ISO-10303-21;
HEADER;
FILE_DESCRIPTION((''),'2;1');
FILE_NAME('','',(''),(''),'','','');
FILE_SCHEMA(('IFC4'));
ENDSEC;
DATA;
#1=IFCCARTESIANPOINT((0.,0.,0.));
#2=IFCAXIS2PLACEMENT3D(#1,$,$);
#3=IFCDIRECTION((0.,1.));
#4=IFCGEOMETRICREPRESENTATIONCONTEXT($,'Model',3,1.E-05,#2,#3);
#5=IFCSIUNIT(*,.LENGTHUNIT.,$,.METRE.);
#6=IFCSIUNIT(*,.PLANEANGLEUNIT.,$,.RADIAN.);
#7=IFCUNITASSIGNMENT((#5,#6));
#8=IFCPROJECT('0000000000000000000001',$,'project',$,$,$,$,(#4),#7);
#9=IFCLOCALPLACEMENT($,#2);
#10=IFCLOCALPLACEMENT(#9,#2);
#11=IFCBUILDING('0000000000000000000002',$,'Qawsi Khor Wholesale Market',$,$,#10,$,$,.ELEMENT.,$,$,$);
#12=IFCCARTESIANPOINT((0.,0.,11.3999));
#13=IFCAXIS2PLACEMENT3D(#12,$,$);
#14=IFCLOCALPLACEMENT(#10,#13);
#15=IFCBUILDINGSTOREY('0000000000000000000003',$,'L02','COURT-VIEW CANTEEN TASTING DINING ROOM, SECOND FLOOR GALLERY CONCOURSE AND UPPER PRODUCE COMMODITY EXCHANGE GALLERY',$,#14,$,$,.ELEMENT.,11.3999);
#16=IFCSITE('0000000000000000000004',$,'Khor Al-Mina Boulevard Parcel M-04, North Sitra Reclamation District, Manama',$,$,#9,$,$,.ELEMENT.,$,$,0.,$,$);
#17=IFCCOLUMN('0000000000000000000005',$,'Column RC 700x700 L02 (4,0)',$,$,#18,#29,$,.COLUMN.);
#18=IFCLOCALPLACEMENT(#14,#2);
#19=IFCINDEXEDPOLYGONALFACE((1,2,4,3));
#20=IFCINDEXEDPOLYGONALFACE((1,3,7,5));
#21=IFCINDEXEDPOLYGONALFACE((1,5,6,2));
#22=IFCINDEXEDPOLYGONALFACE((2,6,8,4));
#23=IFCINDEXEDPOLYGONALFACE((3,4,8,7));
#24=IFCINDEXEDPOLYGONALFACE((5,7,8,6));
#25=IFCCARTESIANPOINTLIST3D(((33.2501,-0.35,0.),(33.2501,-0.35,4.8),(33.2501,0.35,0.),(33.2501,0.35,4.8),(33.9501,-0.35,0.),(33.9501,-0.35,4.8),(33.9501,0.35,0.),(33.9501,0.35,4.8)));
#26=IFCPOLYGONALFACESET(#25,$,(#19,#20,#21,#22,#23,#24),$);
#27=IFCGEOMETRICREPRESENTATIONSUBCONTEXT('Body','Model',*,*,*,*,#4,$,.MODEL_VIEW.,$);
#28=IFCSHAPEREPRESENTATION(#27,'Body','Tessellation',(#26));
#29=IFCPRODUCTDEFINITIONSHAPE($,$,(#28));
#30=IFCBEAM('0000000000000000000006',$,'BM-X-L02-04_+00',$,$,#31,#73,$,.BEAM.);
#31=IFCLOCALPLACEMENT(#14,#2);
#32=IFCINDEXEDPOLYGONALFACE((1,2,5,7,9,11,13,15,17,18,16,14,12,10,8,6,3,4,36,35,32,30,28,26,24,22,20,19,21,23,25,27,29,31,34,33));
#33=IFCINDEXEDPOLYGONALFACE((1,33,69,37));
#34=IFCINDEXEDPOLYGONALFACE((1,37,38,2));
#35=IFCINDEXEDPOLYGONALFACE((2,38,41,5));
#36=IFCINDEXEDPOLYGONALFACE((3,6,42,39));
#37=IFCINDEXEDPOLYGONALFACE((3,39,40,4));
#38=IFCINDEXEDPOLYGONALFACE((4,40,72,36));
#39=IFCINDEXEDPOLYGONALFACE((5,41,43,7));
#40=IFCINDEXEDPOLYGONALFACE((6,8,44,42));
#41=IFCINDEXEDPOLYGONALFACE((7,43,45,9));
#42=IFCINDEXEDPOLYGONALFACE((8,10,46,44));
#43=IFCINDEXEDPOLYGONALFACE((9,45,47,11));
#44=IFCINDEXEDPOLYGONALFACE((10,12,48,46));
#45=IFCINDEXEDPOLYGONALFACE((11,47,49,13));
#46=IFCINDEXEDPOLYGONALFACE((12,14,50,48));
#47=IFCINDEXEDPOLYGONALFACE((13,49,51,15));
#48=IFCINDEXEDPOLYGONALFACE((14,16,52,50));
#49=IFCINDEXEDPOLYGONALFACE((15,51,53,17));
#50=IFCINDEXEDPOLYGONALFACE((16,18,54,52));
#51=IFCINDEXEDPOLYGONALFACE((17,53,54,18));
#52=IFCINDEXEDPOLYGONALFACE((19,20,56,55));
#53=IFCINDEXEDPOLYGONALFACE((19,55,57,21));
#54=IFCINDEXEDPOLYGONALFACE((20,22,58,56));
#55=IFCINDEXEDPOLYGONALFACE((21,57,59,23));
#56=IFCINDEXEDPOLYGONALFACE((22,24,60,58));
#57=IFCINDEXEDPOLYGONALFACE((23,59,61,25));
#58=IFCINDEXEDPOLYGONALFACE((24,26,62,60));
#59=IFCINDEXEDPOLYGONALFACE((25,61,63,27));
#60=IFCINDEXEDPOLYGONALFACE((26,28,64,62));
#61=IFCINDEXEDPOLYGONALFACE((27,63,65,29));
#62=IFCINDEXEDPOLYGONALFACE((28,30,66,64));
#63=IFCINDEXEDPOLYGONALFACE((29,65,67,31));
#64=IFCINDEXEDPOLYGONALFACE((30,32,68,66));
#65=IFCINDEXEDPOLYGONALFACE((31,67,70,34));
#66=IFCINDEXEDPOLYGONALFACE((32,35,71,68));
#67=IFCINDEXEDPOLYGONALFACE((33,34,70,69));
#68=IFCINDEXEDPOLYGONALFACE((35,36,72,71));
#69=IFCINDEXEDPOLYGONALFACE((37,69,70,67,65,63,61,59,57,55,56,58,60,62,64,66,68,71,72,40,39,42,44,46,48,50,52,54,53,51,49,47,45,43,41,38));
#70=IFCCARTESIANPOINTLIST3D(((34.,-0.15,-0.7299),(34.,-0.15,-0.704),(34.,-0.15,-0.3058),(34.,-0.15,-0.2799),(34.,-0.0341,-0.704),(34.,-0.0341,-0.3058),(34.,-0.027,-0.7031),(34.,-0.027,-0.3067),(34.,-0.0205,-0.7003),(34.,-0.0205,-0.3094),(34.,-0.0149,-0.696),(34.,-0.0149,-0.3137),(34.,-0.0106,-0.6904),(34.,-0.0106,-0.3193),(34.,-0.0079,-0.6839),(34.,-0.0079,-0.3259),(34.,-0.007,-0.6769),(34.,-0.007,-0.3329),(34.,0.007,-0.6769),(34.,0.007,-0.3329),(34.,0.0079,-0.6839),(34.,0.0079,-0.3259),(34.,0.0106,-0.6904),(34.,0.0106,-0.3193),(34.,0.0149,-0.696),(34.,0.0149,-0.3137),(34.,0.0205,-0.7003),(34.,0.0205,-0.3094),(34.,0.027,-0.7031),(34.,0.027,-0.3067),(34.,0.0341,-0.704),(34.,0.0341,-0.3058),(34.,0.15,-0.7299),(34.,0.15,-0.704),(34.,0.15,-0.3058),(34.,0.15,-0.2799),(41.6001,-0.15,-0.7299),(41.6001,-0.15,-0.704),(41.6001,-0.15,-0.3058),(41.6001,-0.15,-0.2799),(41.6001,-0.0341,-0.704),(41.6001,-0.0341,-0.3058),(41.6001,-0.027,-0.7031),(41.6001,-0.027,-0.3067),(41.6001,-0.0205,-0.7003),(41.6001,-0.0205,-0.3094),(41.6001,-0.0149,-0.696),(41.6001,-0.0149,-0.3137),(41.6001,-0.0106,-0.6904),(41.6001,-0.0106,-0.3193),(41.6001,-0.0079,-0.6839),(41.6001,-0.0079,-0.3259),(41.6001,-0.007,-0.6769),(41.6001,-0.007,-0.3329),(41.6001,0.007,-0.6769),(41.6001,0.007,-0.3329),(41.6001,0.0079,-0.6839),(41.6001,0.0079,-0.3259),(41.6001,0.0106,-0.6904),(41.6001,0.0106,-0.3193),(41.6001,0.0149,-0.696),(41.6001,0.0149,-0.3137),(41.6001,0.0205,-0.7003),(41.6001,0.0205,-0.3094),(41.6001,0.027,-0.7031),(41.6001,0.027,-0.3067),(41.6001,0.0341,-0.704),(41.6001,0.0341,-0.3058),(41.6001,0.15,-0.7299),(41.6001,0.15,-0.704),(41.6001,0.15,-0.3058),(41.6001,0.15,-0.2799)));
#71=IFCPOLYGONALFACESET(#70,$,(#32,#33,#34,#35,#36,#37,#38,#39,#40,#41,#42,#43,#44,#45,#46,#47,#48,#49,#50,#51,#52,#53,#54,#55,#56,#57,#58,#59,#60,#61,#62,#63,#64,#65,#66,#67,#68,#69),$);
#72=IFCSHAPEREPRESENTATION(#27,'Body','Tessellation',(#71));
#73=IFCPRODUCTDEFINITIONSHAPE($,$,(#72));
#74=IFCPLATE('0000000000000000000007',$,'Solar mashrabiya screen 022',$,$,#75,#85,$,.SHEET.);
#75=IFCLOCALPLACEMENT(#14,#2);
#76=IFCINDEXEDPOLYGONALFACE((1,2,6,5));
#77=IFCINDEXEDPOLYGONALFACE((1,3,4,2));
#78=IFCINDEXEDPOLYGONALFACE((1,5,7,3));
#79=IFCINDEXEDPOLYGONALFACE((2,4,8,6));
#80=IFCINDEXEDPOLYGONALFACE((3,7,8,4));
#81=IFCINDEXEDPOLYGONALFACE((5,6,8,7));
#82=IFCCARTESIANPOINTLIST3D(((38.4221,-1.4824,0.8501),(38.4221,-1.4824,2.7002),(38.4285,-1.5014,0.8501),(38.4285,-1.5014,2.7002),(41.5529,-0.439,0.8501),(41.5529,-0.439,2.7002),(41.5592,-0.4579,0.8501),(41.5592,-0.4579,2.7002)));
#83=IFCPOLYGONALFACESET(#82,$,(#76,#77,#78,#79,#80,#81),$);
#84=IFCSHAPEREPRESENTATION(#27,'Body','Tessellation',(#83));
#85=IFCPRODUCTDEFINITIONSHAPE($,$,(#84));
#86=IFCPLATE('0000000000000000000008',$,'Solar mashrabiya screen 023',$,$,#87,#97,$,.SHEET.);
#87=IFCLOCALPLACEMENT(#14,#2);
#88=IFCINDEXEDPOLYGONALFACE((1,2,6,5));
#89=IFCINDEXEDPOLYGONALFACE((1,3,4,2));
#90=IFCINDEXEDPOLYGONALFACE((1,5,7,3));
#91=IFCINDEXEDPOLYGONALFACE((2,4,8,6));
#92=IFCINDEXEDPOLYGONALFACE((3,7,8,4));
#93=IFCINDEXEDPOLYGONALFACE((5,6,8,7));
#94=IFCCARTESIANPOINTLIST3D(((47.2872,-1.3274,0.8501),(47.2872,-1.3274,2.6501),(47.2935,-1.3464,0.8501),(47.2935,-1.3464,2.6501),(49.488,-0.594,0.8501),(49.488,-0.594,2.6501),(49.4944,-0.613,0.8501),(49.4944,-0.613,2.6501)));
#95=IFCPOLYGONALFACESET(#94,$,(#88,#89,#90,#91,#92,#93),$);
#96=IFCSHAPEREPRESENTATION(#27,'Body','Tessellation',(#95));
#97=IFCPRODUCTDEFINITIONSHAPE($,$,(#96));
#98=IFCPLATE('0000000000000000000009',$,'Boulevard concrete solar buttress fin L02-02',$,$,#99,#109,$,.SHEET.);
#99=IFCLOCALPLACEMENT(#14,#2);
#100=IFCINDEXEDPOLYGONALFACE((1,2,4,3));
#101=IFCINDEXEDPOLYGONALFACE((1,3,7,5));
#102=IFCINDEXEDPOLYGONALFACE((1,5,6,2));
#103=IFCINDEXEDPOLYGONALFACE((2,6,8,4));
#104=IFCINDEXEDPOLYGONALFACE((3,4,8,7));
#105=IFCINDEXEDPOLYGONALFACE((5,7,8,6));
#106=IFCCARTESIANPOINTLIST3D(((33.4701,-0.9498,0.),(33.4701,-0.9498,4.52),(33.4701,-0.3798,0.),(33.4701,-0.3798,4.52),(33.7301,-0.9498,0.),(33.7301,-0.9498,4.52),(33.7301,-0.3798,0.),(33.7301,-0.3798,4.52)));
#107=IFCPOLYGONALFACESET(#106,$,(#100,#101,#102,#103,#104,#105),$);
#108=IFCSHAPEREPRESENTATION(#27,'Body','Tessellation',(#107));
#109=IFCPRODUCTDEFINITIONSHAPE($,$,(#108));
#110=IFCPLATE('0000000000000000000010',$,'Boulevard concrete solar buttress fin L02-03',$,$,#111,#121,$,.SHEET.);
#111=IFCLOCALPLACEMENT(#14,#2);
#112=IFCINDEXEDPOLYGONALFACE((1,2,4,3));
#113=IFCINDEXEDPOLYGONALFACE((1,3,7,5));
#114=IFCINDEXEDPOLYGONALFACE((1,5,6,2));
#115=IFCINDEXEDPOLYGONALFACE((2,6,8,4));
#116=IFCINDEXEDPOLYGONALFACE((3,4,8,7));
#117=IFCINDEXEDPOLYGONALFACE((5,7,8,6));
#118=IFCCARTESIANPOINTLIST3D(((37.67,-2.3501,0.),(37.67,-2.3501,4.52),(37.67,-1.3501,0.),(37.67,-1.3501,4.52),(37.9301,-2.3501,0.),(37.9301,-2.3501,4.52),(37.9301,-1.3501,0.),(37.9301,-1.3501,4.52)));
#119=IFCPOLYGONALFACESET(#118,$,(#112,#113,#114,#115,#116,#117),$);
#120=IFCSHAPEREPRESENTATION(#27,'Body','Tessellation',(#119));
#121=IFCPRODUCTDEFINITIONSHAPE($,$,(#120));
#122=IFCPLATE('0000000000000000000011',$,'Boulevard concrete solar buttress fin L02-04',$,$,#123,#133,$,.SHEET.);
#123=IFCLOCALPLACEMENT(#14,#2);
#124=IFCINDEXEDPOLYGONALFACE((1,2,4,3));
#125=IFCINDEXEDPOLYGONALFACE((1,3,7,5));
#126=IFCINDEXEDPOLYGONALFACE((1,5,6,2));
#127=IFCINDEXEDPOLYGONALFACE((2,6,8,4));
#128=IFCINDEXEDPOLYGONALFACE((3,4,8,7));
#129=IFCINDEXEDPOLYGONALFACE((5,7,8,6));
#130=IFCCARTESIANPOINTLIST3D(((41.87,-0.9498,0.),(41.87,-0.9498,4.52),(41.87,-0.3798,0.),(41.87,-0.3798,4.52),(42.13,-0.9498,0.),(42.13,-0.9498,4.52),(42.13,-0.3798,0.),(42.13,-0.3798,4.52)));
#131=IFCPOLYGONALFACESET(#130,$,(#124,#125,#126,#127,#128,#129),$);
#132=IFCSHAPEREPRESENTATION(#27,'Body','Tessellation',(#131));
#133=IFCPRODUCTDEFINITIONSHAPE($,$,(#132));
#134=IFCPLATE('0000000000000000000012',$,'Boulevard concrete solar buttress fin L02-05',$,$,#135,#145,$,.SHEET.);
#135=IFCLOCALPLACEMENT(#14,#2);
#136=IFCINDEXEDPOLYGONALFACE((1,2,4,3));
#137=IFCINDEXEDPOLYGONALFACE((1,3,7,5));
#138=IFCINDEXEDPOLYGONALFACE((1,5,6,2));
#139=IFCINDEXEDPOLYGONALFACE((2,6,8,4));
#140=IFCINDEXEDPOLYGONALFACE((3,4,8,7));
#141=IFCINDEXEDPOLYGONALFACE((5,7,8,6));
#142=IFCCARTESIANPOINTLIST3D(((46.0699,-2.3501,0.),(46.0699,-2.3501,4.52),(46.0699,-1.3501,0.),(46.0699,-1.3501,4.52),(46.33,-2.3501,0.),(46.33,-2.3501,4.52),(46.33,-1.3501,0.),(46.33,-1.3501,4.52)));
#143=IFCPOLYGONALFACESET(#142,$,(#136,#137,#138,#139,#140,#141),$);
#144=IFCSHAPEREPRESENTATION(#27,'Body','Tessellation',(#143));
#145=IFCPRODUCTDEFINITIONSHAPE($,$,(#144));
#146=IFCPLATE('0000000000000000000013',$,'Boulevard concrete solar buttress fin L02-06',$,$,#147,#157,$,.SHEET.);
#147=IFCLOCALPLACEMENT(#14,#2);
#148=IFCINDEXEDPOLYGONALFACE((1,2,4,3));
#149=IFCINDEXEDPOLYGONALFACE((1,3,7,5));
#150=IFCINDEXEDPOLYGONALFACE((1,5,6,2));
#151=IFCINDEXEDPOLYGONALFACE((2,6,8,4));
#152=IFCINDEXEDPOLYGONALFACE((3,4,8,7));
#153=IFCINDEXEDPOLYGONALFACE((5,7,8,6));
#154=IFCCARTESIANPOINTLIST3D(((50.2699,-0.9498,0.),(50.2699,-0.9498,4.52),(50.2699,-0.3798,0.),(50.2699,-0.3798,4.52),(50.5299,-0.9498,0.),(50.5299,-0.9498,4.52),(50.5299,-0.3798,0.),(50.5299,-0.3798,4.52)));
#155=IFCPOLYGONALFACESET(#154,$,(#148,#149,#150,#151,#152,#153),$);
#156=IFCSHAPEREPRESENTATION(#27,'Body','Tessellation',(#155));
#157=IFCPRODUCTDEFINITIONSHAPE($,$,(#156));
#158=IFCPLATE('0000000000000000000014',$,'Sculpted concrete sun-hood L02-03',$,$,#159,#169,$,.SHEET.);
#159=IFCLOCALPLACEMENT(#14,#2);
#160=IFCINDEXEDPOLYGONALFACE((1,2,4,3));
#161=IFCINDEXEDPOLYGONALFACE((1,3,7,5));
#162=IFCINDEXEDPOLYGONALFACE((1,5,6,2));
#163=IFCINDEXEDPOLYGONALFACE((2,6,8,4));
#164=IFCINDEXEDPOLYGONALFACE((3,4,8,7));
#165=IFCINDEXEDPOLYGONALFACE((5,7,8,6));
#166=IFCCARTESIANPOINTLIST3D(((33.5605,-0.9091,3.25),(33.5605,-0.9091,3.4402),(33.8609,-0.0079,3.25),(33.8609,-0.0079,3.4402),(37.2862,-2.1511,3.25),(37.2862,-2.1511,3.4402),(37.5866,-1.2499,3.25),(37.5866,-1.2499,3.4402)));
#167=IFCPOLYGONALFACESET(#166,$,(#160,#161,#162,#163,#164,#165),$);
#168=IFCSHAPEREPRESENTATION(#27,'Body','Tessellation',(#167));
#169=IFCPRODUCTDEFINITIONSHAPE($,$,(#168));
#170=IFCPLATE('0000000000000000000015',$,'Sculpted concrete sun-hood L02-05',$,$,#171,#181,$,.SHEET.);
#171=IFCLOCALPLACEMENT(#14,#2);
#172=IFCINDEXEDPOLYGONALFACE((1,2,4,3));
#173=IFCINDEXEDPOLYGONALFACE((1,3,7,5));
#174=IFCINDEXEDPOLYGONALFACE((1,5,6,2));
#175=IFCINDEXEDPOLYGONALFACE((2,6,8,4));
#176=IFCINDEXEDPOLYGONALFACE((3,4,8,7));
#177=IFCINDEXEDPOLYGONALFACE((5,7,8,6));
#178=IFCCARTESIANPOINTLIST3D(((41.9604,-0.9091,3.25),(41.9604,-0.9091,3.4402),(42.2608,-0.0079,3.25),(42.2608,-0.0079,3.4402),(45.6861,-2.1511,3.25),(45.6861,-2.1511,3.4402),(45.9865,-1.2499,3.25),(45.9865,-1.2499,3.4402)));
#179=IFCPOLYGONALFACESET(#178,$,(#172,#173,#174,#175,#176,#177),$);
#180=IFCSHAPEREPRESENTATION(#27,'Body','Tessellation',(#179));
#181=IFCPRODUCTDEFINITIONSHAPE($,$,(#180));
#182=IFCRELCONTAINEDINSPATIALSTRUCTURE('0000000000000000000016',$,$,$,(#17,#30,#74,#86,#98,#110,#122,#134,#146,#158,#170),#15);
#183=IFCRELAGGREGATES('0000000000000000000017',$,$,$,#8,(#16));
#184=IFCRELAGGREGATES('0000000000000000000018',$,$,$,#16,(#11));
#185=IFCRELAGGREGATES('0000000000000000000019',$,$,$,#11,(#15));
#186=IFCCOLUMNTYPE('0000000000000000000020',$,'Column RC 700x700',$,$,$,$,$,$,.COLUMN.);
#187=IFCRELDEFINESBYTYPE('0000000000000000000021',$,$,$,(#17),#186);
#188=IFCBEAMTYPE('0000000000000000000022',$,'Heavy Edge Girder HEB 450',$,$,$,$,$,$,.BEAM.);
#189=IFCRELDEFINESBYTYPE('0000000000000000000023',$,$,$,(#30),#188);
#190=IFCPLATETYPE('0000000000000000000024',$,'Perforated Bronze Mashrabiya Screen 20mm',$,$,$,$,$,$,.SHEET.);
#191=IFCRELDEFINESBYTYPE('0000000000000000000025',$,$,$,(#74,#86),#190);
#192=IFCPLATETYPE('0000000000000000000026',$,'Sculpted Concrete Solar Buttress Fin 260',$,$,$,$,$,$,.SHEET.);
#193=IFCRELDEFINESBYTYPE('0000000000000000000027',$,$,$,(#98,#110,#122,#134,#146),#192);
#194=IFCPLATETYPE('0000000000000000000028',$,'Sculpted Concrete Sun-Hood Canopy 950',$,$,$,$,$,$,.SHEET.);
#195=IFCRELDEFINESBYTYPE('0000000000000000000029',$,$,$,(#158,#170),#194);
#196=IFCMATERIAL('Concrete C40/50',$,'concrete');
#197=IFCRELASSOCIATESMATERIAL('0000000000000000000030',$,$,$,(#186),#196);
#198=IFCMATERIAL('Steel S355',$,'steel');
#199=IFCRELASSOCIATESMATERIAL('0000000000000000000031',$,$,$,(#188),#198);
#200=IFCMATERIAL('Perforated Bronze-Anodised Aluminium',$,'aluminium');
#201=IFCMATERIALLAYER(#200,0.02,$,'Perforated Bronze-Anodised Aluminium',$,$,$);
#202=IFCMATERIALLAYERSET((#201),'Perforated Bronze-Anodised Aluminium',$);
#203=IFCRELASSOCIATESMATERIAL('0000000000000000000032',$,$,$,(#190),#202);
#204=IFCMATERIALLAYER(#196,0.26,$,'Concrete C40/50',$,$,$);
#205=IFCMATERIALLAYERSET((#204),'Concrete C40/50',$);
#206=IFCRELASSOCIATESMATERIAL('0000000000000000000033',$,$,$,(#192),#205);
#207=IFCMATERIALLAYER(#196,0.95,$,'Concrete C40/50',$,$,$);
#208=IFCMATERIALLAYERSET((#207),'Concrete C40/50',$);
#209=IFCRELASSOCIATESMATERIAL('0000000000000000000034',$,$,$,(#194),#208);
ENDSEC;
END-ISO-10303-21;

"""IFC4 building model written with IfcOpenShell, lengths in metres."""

from ifc_helpers import new_model, si_unit, direction, frame, frame_2d, origin, origin_2d, place, context, subcontext, project, spatial, rectangle, i_section, extrude, material, layer, layer_set, material_profile, profile_set, type_object, element, save


model = new_model("IFC4")

# Units and contexts
model_context = context("Model", 3, precision=1e-05, world=origin(), true_north=direction((0.0, 1.0)))
body_context = subcontext(model_context, "Body", "Model", "MODEL_VIEW")
ifc_project = project(units=[si_unit("LENGTHUNIT", "METRE"), si_unit("PLANEANGLEUNIT", "RADIAN")], contexts=[model_context])

# Site, building, storey
site_placement = place(None, origin())
site = spatial("IfcSite", under=ifc_project, at=site_placement, Name="Khor Al-Mina Boulevard Parcel M-04, North Sitra Reclamation District, Manama", CompositionType="ELEMENT", RefElevation=0.0)
building_placement = place(site_placement, origin())
building = spatial("IfcBuilding", under=site, at=building_placement, Name="Qawsi Khor Wholesale Market", CompositionType="ELEMENT")
storey_placement = place(building_placement, frame((0.0, 0.0, 11.3999)))
storey = spatial("IfcBuildingStorey", under=building, at=storey_placement, Name="L02", Description="COURT-VIEW CANTEEN TASTING DINING ROOM, SECOND FLOOR GALLERY CONCOURSE AND UPPER PRODUCE COMMODITY EXCHANGE GALLERY", CompositionType="ELEMENT", Elevation=11.3999)

# Column
ifc_material_1 = material(Name="Concrete C40/50", Category="concrete")
ifc_material_profile_1 = material_profile(ifc_material_1, rectangle(XDim=0.7, YDim=0.7, at=origin_2d()), Name="RC 700x700")
ifc_profile_set_1 = profile_set([ifc_material_profile_1], Name="Concrete C40/50")
column_type = type_object("IfcColumnType", Name="Column RC 700x700", PredefinedType="COLUMN", material=ifc_profile_set_1)
column_placement = place(storey_placement, frame((33.6001, 0.0, 0.0), z_axis=(0.0, 0.0, 1.0), x_axis=(1.0, 0.0, 0.0)))
element("IfcColumn", 1, at=column_placement, inside=storey, type_object=column_type, Name="Column RC 700x700 L02 (4,0)", PredefinedType="COLUMN", context=body_context, shape_type="SweptSolid", body=[
    extrude(rectangle(XDim=0.7, YDim=0.7, at=origin_2d()), origin(), (0.0, 0.0, 1.0), 4.8),
])

# Beam
ifc_material_2 = material(Name="Steel S355", Category="steel")
ifc_material_profile_2 = material_profile(ifc_material_2, i_section(OverallWidth=0.3, OverallDepth=0.45, WebThickness=0.0139, FlangeThickness=0.0259, FilletRadius=0.0271, at=origin_2d()), Name="HEB 450")
ifc_profile_set_2 = profile_set([ifc_material_profile_2], Name="Steel S355")
beam_type = type_object("IfcBeamType", Name="Heavy Edge Girder HEB 450", PredefinedType="BEAM", material=ifc_profile_set_2)
beam_placement = place(storey_placement, frame((34.0, 0.0, -0.5049), z_axis=(1.0, 0.0, 0.0), x_axis=(0.0, 1.0, 0.0)))
element("IfcBeam", 2, at=beam_placement, inside=storey, type_object=beam_type, Name="BM-X-L02-04_+00", PredefinedType="BEAM", context=body_context, shape_type="SweptSolid", body=[
    extrude(i_section(OverallWidth=0.3, OverallDepth=0.45, WebThickness=0.0139, FlangeThickness=0.0259, FilletRadius=0.0271, at=origin_2d()), origin(), (0.0, 0.0, 1.0), 7.6001),
])

# Plates
ifc_material_3 = material(Name="Perforated Bronze-Anodised Aluminium", Category="aluminium")
ifc_layer_1 = layer(ifc_material_3, 0.02, Name="Perforated Bronze-Anodised Aluminium")
ifc_layer_set_1 = layer_set([ifc_layer_1], Name="Perforated Bronze-Anodised Aluminium")
plate_type_1 = type_object("IfcPlateType", Name="Perforated Bronze Mashrabiya Screen 20mm", PredefinedType="SHEET", material=ifc_layer_set_1)
plate_1_placement = place(storey_placement, frame((41.5559, -0.4485, 0.8501), z_axis=(0.0, 0.0, 1.0), x_axis=(-0.948691, -0.316206, 0.0)))
element("IfcPlate", 3, at=plate_1_placement, inside=storey, type_object=plate_type_1, Name="Solar mashrabiya screen 022", PredefinedType="SHEET", context=body_context, shape_type="SweptSolid", body=[
    extrude(rectangle(XDim=3.3, YDim=0.02, at=frame_2d((1.6499, 0.0))), origin(), (0.0, 0.0, 1.0), 1.8501),
])
plate_2_placement = place(storey_placement, frame((49.4912, -0.6035, 0.8501), z_axis=(0.0, 0.0, 1.0), x_axis=(-0.948715, -0.316133, 0.0)))
element("IfcPlate", 4, at=plate_2_placement, inside=storey, type_object=plate_type_1, Name="Solar mashrabiya screen 023", PredefinedType="SHEET", context=body_context, shape_type="SweptSolid", body=[
    extrude(rectangle(XDim=2.3198, YDim=0.02, at=frame_2d((1.1599, 0.0))), origin(), (0.0, 0.0, 1.0), 1.8),
])
ifc_layer_2 = layer(ifc_material_1, 0.26, Name="Concrete C40/50")
ifc_layer_set_2 = layer_set([ifc_layer_2], Name="Concrete C40/50")
plate_type_2 = type_object("IfcPlateType", Name="Sculpted Concrete Solar Buttress Fin 260", PredefinedType="SHEET", material=ifc_layer_set_2)
plate_3_placement = place(storey_placement, frame((33.6001, -0.95, 0.0), z_axis=(0.0, 0.0, 1.0), x_axis=(0.0, 1.0, 0.0)))
element("IfcPlate", 5, at=plate_3_placement, inside=storey, type_object=plate_type_2, Name="Boulevard concrete solar buttress fin L02-02", PredefinedType="SHEET", context=body_context, shape_type="SweptSolid", body=[
    extrude(rectangle(XDim=0.5701, YDim=0.26, at=frame_2d((0.2852, 0.0))), origin(), (0.0, 0.0, 1.0), 4.52),
])
plate_4_placement = place(storey_placement, frame((37.8, -2.3501, 0.0), z_axis=(0.0, 0.0, 1.0), x_axis=(0.0, 1.0, 0.0)))
element("IfcPlate", 6, at=plate_4_placement, inside=storey, type_object=plate_type_2, Name="Boulevard concrete solar buttress fin L02-03", PredefinedType="SHEET", context=body_context, shape_type="SweptSolid", body=[
    extrude(rectangle(XDim=1.0, YDim=0.26, at=frame_2d((0.5, 0.0))), origin(), (0.0, 0.0, 1.0), 4.52),
])
plate_5_placement = place(storey_placement, frame((42.0, -0.95, 0.0), z_axis=(0.0, 0.0, 1.0), x_axis=(0.0, 1.0, 0.0)))
element("IfcPlate", 7, at=plate_5_placement, inside=storey, type_object=plate_type_2, Name="Boulevard concrete solar buttress fin L02-04", PredefinedType="SHEET", context=body_context, shape_type="SweptSolid", body=[
    extrude(rectangle(XDim=0.5701, YDim=0.26, at=frame_2d((0.2852, 0.0))), origin(), (0.0, 0.0, 1.0), 4.52),
])
plate_6_placement = place(storey_placement, frame((46.2, -2.3501, 0.0), z_axis=(0.0, 0.0, 1.0), x_axis=(0.0, 1.0, 0.0)))
element("IfcPlate", 8, at=plate_6_placement, inside=storey, type_object=plate_type_2, Name="Boulevard concrete solar buttress fin L02-05", PredefinedType="SHEET", context=body_context, shape_type="SweptSolid", body=[
    extrude(rectangle(XDim=1.0, YDim=0.26, at=frame_2d((0.5, 0.0))), origin(), (0.0, 0.0, 1.0), 4.52),
])
plate_7_placement = place(storey_placement, frame((50.3999, -0.95, 0.0), z_axis=(0.0, 0.0, 1.0), x_axis=(0.0, 1.0, 0.0)))
element("IfcPlate", 9, at=plate_7_placement, inside=storey, type_object=plate_type_2, Name="Boulevard concrete solar buttress fin L02-06", PredefinedType="SHEET", context=body_context, shape_type="SweptSolid", body=[
    extrude(rectangle(XDim=0.5701, YDim=0.26, at=frame_2d((0.2852, 0.0))), origin(), (0.0, 0.0, 1.0), 4.52),
])
ifc_layer_3 = layer(ifc_material_1, 0.95, Name="Concrete C40/50")
ifc_layer_set_3 = layer_set([ifc_layer_3], Name="Concrete C40/50")
plate_type_3 = type_object("IfcPlateType", Name="Sculpted Concrete Sun-Hood Canopy 950", PredefinedType="SHEET", material=ifc_layer_set_3)
for number, where, z_axis, x_axis, name in (
    (10, (33.7107, -0.4585, 3.25), (0.0, 0.0, 1.0), (0.948677, -0.316246, 0.0), "Sculpted concrete sun-hood L02-03"),
    (11, (42.1106, -0.4585, 3.25), (0.0, 0.0, 1.0), (0.948677, -0.316246, 0.0), "Sculpted concrete sun-hood L02-05"),
):
    element("IfcPlate", number, at=place(storey_placement, frame(where, z_axis=z_axis, x_axis=x_axis)), inside=storey, type_object=plate_type_3, Name=name, PredefinedType="SHEET", context=body_context, shape_type="SweptSolid", body=[
        extrude(rectangle(XDim=3.9272, YDim=0.95, at=frame_2d((1.9636, 0.0))), origin(), (0.0, 0.0, 1.0), 0.1902),
    ])

save(model, "model.ifc")
